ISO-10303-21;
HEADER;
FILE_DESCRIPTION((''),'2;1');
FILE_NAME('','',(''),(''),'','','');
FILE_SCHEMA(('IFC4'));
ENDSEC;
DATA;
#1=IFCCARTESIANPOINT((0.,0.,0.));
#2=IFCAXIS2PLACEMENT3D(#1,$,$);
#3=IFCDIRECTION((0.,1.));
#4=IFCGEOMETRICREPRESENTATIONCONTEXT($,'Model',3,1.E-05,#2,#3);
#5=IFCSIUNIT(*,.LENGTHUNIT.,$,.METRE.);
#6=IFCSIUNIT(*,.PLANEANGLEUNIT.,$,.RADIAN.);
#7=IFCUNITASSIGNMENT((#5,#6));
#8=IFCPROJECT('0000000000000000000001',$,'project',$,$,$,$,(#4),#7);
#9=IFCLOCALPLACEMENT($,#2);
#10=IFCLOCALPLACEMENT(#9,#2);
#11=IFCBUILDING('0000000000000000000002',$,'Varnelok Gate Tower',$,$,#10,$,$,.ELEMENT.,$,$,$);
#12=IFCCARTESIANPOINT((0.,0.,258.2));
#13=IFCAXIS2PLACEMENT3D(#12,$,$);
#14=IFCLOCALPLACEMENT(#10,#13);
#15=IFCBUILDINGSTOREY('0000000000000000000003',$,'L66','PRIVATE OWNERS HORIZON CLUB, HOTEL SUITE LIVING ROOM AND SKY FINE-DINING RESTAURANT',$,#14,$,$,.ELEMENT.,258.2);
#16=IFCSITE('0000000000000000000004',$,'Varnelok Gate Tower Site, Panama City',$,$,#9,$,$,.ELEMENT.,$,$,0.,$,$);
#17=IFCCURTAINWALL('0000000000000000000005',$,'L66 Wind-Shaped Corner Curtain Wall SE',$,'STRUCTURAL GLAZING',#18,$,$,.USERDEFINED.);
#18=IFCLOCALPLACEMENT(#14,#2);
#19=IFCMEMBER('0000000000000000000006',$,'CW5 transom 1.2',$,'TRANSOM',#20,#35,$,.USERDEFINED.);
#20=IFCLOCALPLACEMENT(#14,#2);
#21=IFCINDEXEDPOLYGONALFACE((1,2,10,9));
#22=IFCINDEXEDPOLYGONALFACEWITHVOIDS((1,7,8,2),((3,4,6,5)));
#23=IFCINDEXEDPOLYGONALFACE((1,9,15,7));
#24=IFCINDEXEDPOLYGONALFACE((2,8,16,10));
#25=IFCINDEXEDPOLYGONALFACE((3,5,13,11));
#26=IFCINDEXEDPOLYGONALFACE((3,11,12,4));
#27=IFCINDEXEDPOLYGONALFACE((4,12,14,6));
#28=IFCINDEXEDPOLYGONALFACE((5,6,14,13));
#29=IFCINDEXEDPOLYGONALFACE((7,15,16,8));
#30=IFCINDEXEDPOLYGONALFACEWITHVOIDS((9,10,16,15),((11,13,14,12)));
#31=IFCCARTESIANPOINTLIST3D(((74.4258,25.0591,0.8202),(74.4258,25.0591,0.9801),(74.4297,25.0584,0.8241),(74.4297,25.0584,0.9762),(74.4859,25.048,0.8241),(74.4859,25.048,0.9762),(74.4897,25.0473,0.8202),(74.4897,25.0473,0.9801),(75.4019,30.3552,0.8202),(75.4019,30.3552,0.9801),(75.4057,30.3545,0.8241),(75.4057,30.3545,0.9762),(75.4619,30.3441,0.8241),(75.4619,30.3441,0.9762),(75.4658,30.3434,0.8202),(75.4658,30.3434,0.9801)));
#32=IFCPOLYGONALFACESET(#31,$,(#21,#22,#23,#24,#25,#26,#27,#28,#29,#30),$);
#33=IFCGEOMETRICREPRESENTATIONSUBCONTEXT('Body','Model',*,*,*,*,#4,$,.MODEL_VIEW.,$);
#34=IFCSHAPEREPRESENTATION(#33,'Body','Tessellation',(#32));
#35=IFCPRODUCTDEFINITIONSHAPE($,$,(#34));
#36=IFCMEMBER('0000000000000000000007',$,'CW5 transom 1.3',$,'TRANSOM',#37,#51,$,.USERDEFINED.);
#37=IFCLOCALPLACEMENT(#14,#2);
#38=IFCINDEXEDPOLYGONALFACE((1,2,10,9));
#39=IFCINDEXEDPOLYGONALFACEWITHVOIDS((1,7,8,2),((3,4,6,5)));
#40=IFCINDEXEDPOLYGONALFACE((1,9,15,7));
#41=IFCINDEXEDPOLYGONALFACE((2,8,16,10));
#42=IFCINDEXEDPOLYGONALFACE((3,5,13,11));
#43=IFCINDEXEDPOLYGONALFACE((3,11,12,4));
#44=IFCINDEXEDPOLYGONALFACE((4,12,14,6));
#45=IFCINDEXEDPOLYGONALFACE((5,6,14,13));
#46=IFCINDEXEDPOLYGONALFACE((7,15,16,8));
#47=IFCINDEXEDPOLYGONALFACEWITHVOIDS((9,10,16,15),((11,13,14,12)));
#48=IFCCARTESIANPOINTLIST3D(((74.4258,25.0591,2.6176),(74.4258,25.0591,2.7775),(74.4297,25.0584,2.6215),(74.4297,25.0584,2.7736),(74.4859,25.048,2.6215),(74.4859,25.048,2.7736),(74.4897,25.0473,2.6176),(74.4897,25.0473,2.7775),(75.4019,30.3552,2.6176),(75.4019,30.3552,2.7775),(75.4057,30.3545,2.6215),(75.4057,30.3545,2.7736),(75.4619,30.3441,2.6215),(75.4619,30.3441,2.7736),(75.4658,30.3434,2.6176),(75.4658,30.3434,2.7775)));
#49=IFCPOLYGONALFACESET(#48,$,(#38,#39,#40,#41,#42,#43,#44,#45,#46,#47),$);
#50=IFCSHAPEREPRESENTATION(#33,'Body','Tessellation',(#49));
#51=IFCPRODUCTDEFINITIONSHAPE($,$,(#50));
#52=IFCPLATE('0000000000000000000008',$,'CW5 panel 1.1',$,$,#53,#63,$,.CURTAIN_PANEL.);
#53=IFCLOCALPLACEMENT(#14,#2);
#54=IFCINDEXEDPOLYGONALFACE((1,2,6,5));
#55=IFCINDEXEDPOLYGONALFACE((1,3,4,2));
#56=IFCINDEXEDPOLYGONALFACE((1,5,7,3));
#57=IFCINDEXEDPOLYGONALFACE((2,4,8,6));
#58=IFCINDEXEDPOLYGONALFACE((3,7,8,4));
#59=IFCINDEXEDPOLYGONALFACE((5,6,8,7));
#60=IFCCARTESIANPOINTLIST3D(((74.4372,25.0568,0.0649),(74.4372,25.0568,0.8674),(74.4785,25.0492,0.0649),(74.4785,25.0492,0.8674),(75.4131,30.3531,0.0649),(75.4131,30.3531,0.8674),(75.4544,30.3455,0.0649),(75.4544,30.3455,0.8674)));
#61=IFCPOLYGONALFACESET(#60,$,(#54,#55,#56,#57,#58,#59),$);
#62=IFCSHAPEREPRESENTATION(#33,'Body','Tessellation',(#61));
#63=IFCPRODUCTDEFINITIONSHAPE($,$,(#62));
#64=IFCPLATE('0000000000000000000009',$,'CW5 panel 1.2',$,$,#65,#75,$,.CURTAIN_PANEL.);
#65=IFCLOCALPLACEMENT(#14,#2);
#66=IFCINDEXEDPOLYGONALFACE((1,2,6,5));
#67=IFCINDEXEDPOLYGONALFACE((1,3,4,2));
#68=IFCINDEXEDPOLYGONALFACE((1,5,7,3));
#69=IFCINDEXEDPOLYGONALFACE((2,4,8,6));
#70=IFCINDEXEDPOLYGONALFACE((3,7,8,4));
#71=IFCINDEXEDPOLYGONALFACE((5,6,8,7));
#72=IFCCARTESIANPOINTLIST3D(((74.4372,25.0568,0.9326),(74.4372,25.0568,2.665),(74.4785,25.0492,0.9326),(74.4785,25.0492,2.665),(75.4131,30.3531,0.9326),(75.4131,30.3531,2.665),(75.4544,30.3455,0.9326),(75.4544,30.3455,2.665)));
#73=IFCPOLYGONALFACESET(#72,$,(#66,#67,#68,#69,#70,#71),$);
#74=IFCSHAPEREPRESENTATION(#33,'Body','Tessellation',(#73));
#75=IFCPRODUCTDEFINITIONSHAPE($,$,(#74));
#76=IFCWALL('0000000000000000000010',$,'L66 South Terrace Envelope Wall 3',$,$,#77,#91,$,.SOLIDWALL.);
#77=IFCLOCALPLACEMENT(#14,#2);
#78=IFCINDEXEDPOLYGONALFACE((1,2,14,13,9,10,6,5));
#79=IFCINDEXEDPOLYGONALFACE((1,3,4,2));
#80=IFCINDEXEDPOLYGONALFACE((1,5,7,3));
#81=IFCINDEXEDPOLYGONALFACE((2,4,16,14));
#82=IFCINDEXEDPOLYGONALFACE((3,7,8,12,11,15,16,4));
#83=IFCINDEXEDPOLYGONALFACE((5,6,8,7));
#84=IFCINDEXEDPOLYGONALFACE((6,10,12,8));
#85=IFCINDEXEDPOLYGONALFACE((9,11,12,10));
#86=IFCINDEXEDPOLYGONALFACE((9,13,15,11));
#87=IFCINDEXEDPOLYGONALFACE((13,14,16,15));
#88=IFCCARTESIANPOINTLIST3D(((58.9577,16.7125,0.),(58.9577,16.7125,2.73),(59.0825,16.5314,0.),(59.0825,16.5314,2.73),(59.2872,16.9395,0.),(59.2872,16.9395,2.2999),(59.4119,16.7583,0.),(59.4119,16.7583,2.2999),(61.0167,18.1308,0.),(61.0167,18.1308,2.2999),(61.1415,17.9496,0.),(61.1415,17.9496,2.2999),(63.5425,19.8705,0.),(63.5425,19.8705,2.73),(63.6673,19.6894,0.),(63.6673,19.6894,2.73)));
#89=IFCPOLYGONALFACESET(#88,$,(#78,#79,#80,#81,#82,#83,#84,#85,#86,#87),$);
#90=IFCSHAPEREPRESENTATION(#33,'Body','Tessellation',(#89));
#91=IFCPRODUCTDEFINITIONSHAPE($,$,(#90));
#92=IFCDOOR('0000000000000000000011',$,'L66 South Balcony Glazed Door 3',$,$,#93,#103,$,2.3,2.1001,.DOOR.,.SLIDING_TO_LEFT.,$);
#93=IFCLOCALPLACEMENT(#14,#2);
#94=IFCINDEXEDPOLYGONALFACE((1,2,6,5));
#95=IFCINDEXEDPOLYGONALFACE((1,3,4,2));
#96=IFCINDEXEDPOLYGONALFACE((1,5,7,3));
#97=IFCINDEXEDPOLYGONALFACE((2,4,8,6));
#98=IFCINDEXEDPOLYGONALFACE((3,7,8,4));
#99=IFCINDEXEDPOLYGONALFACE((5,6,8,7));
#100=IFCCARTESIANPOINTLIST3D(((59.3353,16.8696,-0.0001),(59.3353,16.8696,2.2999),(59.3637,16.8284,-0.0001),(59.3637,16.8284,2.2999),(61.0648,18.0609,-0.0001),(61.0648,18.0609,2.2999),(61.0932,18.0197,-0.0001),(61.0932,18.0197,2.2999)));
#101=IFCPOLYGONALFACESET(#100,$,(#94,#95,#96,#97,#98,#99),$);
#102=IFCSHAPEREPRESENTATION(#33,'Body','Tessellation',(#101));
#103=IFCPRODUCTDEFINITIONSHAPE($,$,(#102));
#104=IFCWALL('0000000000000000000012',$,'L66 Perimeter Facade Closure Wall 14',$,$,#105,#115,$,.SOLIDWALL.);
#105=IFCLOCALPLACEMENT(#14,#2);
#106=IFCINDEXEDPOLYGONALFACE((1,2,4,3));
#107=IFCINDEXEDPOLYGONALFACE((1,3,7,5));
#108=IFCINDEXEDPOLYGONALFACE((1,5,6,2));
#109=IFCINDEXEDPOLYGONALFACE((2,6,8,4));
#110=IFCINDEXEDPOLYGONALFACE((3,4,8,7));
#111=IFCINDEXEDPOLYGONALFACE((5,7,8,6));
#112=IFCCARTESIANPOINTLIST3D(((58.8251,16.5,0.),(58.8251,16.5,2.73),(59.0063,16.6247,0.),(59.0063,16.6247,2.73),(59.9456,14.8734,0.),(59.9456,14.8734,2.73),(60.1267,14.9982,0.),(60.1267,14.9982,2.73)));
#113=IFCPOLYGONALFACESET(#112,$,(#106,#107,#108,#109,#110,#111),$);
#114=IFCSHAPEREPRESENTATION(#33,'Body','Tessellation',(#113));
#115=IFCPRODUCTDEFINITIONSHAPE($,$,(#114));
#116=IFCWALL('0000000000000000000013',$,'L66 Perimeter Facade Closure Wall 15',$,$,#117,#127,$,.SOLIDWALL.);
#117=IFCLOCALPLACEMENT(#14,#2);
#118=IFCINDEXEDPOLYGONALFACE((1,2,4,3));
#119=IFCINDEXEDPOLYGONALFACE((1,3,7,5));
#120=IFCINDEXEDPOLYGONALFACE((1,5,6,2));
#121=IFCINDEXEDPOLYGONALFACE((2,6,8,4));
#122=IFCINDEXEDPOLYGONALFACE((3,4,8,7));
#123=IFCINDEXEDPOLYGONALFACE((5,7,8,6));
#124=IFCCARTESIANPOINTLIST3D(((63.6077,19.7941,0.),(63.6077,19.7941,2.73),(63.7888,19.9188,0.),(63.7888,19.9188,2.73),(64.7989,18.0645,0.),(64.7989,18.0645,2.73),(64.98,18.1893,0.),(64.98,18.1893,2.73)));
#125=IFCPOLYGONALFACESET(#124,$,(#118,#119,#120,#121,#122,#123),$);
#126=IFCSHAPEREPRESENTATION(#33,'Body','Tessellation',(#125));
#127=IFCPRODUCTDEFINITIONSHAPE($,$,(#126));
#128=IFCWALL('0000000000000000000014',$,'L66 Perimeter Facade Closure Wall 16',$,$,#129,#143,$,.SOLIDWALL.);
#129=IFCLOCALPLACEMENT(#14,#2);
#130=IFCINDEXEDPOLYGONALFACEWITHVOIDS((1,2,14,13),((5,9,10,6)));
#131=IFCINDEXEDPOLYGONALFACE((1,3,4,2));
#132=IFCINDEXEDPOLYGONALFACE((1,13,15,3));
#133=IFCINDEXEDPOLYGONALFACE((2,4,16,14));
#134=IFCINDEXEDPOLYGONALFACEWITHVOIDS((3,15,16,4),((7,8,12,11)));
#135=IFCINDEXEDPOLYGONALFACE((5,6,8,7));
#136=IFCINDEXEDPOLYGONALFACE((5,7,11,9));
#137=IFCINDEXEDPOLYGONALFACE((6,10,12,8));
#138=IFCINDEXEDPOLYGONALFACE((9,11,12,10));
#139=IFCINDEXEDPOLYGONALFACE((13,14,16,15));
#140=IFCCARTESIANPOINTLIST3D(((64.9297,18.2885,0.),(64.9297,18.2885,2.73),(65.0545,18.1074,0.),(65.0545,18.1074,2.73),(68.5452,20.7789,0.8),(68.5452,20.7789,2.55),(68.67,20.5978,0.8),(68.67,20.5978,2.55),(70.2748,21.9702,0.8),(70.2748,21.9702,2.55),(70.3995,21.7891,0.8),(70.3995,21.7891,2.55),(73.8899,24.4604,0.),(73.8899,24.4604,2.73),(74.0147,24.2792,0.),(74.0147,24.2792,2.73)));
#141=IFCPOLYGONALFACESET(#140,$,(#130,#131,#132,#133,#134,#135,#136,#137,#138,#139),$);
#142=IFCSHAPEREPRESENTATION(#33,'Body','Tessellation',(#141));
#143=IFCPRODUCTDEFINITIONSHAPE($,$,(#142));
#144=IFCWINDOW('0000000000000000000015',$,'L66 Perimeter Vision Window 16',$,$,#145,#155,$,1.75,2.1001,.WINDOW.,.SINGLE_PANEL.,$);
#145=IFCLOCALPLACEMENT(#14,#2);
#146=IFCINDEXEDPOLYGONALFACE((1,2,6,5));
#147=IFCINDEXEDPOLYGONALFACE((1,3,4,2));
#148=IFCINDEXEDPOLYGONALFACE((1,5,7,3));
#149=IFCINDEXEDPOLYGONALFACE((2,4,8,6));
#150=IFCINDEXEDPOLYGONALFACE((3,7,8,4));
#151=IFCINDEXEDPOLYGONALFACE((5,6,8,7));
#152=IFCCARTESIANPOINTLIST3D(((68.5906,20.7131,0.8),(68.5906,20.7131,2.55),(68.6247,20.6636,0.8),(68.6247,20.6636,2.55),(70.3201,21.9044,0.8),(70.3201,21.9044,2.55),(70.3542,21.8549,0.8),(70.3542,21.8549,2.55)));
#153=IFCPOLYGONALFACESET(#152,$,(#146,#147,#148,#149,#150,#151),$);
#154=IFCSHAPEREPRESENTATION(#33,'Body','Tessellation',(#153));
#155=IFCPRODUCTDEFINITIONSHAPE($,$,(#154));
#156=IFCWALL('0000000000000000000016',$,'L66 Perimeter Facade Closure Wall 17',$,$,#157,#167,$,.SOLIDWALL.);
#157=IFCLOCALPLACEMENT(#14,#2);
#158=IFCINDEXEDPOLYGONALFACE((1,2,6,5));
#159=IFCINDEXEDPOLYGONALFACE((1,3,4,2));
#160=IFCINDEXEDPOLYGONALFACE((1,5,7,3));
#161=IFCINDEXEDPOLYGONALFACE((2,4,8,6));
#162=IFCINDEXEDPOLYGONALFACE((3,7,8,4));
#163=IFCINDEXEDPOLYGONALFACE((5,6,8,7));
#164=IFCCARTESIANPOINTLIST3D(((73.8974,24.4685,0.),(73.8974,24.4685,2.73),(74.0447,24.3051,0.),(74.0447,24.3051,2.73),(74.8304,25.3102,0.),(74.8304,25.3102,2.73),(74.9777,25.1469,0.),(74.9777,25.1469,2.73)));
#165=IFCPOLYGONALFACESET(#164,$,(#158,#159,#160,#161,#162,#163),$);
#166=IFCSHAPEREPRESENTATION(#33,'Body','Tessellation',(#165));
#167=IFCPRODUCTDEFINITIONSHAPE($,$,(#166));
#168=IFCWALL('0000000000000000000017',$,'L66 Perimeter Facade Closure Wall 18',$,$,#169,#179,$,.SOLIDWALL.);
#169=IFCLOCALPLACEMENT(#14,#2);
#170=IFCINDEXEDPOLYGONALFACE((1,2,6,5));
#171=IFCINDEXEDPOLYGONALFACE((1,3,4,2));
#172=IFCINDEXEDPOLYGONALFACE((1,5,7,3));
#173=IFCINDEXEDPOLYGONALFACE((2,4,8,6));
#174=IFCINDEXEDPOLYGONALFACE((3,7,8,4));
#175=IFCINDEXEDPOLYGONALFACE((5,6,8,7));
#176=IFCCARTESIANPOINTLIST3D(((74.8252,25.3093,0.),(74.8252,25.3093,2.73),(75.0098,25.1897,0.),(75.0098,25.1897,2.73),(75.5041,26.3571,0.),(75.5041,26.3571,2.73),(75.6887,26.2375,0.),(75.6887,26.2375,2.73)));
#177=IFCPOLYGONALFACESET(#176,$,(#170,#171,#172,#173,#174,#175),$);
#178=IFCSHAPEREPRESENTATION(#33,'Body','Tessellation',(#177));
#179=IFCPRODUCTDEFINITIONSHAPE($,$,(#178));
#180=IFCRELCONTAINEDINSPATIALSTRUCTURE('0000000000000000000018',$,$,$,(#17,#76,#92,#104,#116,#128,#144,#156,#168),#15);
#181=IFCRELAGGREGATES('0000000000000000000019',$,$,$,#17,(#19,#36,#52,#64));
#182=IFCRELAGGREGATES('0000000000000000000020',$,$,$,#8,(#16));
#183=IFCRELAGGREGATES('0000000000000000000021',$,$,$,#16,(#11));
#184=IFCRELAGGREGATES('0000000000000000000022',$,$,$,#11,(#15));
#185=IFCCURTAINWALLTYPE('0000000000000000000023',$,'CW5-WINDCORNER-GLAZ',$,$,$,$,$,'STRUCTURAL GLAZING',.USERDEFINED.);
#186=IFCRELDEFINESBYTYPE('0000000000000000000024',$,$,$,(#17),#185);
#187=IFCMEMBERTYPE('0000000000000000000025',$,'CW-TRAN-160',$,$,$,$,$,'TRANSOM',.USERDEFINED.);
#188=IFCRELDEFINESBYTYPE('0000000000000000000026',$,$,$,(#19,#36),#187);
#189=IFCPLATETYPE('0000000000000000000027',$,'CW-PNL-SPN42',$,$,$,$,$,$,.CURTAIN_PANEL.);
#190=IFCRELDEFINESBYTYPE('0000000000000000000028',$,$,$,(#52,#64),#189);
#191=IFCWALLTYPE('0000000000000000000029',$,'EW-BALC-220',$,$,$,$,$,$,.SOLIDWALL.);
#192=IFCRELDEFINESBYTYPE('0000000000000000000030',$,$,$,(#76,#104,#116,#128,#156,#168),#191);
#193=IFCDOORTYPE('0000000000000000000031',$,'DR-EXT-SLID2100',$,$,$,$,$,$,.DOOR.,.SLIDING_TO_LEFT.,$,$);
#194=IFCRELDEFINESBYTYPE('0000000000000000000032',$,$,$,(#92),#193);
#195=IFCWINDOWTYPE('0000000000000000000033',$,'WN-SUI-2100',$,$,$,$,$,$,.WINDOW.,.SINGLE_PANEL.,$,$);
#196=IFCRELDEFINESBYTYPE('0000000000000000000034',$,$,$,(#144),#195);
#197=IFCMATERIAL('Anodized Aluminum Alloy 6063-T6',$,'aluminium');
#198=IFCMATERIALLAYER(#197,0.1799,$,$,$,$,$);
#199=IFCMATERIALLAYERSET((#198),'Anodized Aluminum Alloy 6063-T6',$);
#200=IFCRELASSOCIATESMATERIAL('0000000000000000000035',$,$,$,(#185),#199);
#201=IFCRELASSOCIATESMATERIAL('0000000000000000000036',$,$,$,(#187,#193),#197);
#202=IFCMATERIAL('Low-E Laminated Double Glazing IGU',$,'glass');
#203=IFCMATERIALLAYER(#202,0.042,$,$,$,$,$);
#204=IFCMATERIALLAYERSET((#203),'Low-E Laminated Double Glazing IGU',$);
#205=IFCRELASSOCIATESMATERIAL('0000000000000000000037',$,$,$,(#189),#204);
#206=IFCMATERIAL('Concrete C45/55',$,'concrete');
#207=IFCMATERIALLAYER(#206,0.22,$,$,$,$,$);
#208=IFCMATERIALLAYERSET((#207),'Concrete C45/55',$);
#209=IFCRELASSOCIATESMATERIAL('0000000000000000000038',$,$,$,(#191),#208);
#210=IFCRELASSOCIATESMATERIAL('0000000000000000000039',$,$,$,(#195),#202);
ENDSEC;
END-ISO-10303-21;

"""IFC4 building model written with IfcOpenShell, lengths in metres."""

from ifc_helpers import new_model, si_unit, direction, frame, frame_2d, origin, origin_2d, place, context, subcontext, project, spatial, rectangle, hollow_rectangle, extrude, source, transform, mapped, material, layer, layer_set, material_profile, profile_set, type_object, element, fill, aggregate, save


model = new_model("IFC4")

# Units and contexts
model_context = context("Model", 3, precision=1e-05, world=origin(), true_north=direction((0.0, 1.0)))
body_context = subcontext(model_context, "Body", "Model", "MODEL_VIEW")
ifc_project = project(units=[si_unit("LENGTHUNIT", "METRE"), si_unit("PLANEANGLEUNIT", "RADIAN")], contexts=[model_context])

# Site, building, storey
site_placement = place(None, origin())
site = spatial("IfcSite", under=ifc_project, at=site_placement, Name="Varnelok Gate Tower Site, Panama City", CompositionType="ELEMENT", RefElevation=0.0)
building_placement = place(site_placement, origin())
building = spatial("IfcBuilding", under=site, at=building_placement, Name="Varnelok Gate Tower", CompositionType="ELEMENT")
storey_placement = place(building_placement, frame((0.0, 0.0, 258.2)))
storey = spatial("IfcBuildingStorey", under=building, at=storey_placement, Name="L66", Description="PRIVATE OWNERS HORIZON CLUB, HOTEL SUITE LIVING ROOM AND SKY FINE-DINING RESTAURANT", CompositionType="ELEMENT", Elevation=258.2)

# Curtain wall, members, plates
ifc_material_1 = material(Name="Anodized Aluminum Alloy 6063-T6", Category="aluminium")
ifc_layer_1 = layer(ifc_material_1, 0.1799)
ifc_layer_set_1 = layer_set([ifc_layer_1], Name="Anodized Aluminum Alloy 6063-T6")
curtain_wall_type = type_object("IfcCurtainWallType", Name="CW5-WINDCORNER-GLAZ", ElementType="STRUCTURAL GLAZING", PredefinedType="USERDEFINED", material=ifc_layer_set_1)
curtain_wall_placement = place(storey_placement, origin())
curtain_wall = element("IfcCurtainWall", 1, at=curtain_wall_placement, inside=storey, type_object=curtain_wall_type, Name="L66 Wind-Shaped Corner Curtain Wall SE", ObjectType="STRUCTURAL GLAZING", PredefinedType="USERDEFINED")
ifc_material_profile_1 = material_profile(ifc_material_1, hollow_rectangle(XDim=0.0649, YDim=0.1599, WallThickness=0.0039, at=origin_2d()), Name="ALU160X65X4")
ifc_profile_set_1 = profile_set([ifc_material_profile_1], Name="Anodized Aluminum Alloy 6063-T6")
member_type_1 = type_object("IfcMemberType", Name="CW-TRAN-160", ElementType="TRANSOM", PredefinedType="USERDEFINED", material=ifc_profile_set_1)
member_1_placement = place(storey_placement, frame((74.4578, 25.0532, 0.9001), z_axis=(0.181247, 0.983438, 0.0), x_axis=(-0.983438, 0.181247, 0.0)))
member_1 = element("IfcMember", 2, at=member_1_placement, type_object=member_type_1, Name="CW5 transom 1.2", ObjectType="TRANSOM", PredefinedType="USERDEFINED", context=body_context, shape_type="SweptSolid", body=[
    extrude(hollow_rectangle(XDim=0.0649, YDim=0.1599, WallThickness=0.0039, at=origin_2d()), origin(), (0.0, 0.0, 1.0), 5.3853),
])
member_2_placement = place(storey_placement, frame((74.4578, 25.0532, 2.6975), z_axis=(0.181247, 0.983438, 0.0), x_axis=(-0.983438, 0.181247, 0.0)))
member_2 = element("IfcMember", 3, at=member_2_placement, type_object=member_type_1, Name="CW5 transom 1.3", ObjectType="TRANSOM", PredefinedType="USERDEFINED", context=body_context, shape_type="SweptSolid", body=[
    extrude(hollow_rectangle(XDim=0.0649, YDim=0.1599, WallThickness=0.0039, at=origin_2d()), origin(), (0.0, 0.0, 1.0), 5.3853),
])
ifc_material_2 = material(Name="Low-E Laminated Double Glazing IGU", Category="glass")
ifc_layer_2 = layer(ifc_material_2, 0.042)
ifc_layer_set_2 = layer_set([ifc_layer_2], Name="Low-E Laminated Double Glazing IGU")
plate_type = type_object("IfcPlateType", Name="CW-PNL-SPN42", PredefinedType="CURTAIN_PANEL", material=ifc_layer_set_2)
shared_shape_1 = source(origin(), body_context, "Body", "SweptSolid", [
    extrude(rectangle(XDim=5.3855, YDim=0.042, at=origin_2d()), origin(), (0.0, 0.0, 1.0), 0.8025),
])
plate_1_placement = place(storey_placement, frame((74.9458, 27.7012, 0.0649), z_axis=(0.0, 0.0, 1.0), x_axis=(0.181202, 0.983446, 0.0)))
plate_1 = element("IfcPlate", 4, at=plate_1_placement, type_object=plate_type, Name="CW5 panel 1.1", PredefinedType="CURTAIN_PANEL", context=body_context, shape_type="MappedRepresentation", body=[
    mapped(shared_shape_1, transform((0.0, 0.0, 0.0), scale=1.0)),
])
shared_shape_2 = source(origin(), body_context, "Body", "SweptSolid", [
    extrude(rectangle(XDim=5.3855, YDim=0.042, at=origin_2d()), origin(), (0.0, 0.0, 1.0), 1.7324),
])
plate_2_placement = place(storey_placement, frame((74.9458, 27.7012, 0.9326), z_axis=(0.0, 0.0, 1.0), x_axis=(0.181202, 0.983446, 0.0)))
plate_2 = element("IfcPlate", 5, at=plate_2_placement, type_object=plate_type, Name="CW5 panel 1.2", PredefinedType="CURTAIN_PANEL", context=body_context, shape_type="MappedRepresentation", body=[
    mapped(shared_shape_2, transform((0.0, 0.0, 0.0), scale=1.0)),
])
aggregate(curtain_wall, [member_1, member_2, plate_1, plate_2])

# Wall, opening, door
ifc_material_3 = material(Name="Concrete C45/55", Category="concrete")
ifc_layer_3 = layer(ifc_material_3, 0.22)
ifc_layer_set_3 = layer_set([ifc_layer_3], Name="Concrete C45/55")
wall_type = type_object("IfcWallType", Name="EW-BALC-220", PredefinedType="SOLIDWALL", material=ifc_layer_set_3)
wall_1_placement = place(storey_placement, frame((63.605, 19.78, 0.0), z_axis=(0.0, 0.0, 1.0), x_axis=(-0.823541, -0.567256, 0.0)))
wall_1 = element("IfcWall", 6, at=wall_1_placement, inside=storey, type_object=wall_type, Name="L66 South Terrace Envelope Wall 3", PredefinedType="SOLIDWALL", context=body_context, shape_type="SweptSolid", body=[
    extrude(rectangle(XDim=5.5671, YDim=0.22, at=frame_2d((2.7837, 0.0))), origin(), (0.0, 0.0, 1.0), 2.73),
])
opening_1_placement = place(wall_1_placement, frame((3.0671, 0.0, 0.0)))
opening_1 = element("IfcOpeningElement", 7, at=opening_1_placement, cuts=wall_1, PredefinedType="OPENING", context=body_context, shape_type="SweptSolid", body=[
    extrude(rectangle(XDim=2.1001, YDim=2.3, at=frame_2d((1.05, 1.1499))), frame((0.0, 0.1199, 0.0), z_axis=(0.0, -1.0, 0.0), x_axis=(1.0, 0.0, 0.0)), (0.0, 0.0, 1.0), 0.24),
])
door_type = type_object("IfcDoorType", Name="DR-EXT-SLID2100", OperationType="SLIDING_TO_LEFT", PredefinedType="DOOR", material=ifc_material_1)
door_placement = place(opening_1_placement, origin())
door = element("IfcDoor", 8, at=door_placement, inside=storey, type_object=door_type, Name="L66 South Balcony Glazed Door 3", OperationType="SLIDING_TO_LEFT", OverallHeight=2.3, OverallWidth=2.1001, PredefinedType="DOOR", context=body_context, shape_type="SweptSolid", body=[
    extrude(rectangle(XDim=2.1001, YDim=2.3, at=frame_2d((1.05, 1.1499))), frame((0.0, 0.0249, 0.0), z_axis=(0.0, -1.0, 0.0), x_axis=(1.0, 0.0, 0.0)), (0.0, 0.0, 1.0), 0.05),
])
fill(opening_1, door)

# Walls
wall_2_placement = place(storey_placement, frame((60.0361, 14.9358, 0.0), z_axis=(0.0, 0.0, 1.0), x_axis=(-0.567274, 0.823529, 0.0)))
element("IfcWall", 9, at=wall_2_placement, inside=storey, type_object=wall_type, Name="L66 Perimeter Facade Closure Wall 14", PredefinedType="SOLIDWALL", context=body_context, shape_type="SweptSolid", body=[
    extrude(rectangle(XDim=1.9751, YDim=0.22, at=frame_2d((0.9875, 0.0))), origin(), (0.0, 0.0, 1.0), 2.73),
])
wall_3_placement = place(storey_placement, frame((63.6982, 19.8564, 0.0), z_axis=(0.0, 0.0, 1.0), x_axis=(0.567219, -0.823567, 0.0)))
element("IfcWall", 10, at=wall_3_placement, inside=storey, type_object=wall_type, Name="L66 Perimeter Facade Closure Wall 15", PredefinedType="SOLIDWALL", context=body_context, shape_type="SweptSolid", body=[
    extrude(rectangle(XDim=2.1001, YDim=0.22, at=frame_2d((1.05, 0.0))), origin(), (0.0, 0.0, 1.0), 2.73),
])

# Wall, opening, window
wall_4_placement = place(storey_placement, frame((64.9922, 18.198, 0.0), z_axis=(0.0, 0.0, 1.0), x_axis=(0.823538, 0.567261, 0.0)))
wall_4 = element("IfcWall", 11, at=wall_4_placement, inside=storey, type_object=wall_type, Name="L66 Perimeter Facade Closure Wall 16", PredefinedType="SOLIDWALL", context=body_context, shape_type="SweptSolid", body=[
    extrude(rectangle(XDim=10.8801, YDim=0.22, at=frame_2d((5.4399, 0.0))), origin(), (0.0, 0.0, 1.0), 2.73),
])
opening_2_placement = place(wall_4_placement, frame((4.3901, 0.0, 0.8)))
opening_2 = element("IfcOpeningElement", 12, at=opening_2_placement, cuts=wall_4, PredefinedType="OPENING", context=body_context, shape_type="SweptSolid", body=[
    extrude(rectangle(XDim=2.1001, YDim=1.75, at=frame_2d((1.05, 0.875))), frame((0.0, 0.1199, 0.0), z_axis=(0.0, -1.0, 0.0), x_axis=(1.0, 0.0, 0.0)), (0.0, 0.0, 1.0), 0.24),
])
window_type = type_object("IfcWindowType", Name="WN-SUI-2100", PartitioningType="SINGLE_PANEL", PredefinedType="WINDOW", material=ifc_material_2)
window_placement = place(opening_2_placement, origin())
window = element("IfcWindow", 13, at=window_placement, inside=storey, type_object=window_type, Name="L66 Perimeter Vision Window 16", OverallHeight=1.75, OverallWidth=2.1001, PartitioningType="SINGLE_PANEL", PredefinedType="WINDOW", context=body_context, shape_type="SweptSolid", body=[
    extrude(rectangle(XDim=2.1001, YDim=1.75, at=frame_2d((1.05, 0.875))), frame((0.0, 0.03, 0.0), z_axis=(0.0, -1.0, 0.0), x_axis=(1.0, 0.0, 0.0)), (0.0, 0.0, 1.0), 0.0601),
])
fill(opening_2, window)

# Walls
wall_5_placement = place(storey_placement, frame((73.9709, 24.3867, 0.0), z_axis=(0.0, 0.0, 1.0), x_axis=(0.742502, 0.669844, 0.0)))
element("IfcWall", 14, at=wall_5_placement, inside=storey, type_object=wall_type, Name="L66 Perimeter Facade Closure Wall 17", PredefinedType="SOLIDWALL", context=body_context, shape_type="SweptSolid", body=[
    extrude(rectangle(XDim=1.2566, YDim=0.22, at=frame_2d((0.6284, 0.0))), origin(), (0.0, 0.0, 1.0), 2.73),
])
wall_6_placement = place(storey_placement, frame((74.9175, 25.2495, 0.0), z_axis=(0.0, 0.0, 1.0), x_axis=(0.543778, 0.839229, 0.0)))
element("IfcWall", 15, at=wall_6_placement, inside=storey, type_object=wall_type, Name="L66 Perimeter Facade Closure Wall 18", PredefinedType="SOLIDWALL", context=body_context, shape_type="SweptSolid", body=[
    extrude(rectangle(XDim=1.2485, YDim=0.22, at=frame_2d((0.6243, 0.0))), origin(), (0.0, 0.0, 1.0), 2.73),
])

save(model, "model.ifc")
